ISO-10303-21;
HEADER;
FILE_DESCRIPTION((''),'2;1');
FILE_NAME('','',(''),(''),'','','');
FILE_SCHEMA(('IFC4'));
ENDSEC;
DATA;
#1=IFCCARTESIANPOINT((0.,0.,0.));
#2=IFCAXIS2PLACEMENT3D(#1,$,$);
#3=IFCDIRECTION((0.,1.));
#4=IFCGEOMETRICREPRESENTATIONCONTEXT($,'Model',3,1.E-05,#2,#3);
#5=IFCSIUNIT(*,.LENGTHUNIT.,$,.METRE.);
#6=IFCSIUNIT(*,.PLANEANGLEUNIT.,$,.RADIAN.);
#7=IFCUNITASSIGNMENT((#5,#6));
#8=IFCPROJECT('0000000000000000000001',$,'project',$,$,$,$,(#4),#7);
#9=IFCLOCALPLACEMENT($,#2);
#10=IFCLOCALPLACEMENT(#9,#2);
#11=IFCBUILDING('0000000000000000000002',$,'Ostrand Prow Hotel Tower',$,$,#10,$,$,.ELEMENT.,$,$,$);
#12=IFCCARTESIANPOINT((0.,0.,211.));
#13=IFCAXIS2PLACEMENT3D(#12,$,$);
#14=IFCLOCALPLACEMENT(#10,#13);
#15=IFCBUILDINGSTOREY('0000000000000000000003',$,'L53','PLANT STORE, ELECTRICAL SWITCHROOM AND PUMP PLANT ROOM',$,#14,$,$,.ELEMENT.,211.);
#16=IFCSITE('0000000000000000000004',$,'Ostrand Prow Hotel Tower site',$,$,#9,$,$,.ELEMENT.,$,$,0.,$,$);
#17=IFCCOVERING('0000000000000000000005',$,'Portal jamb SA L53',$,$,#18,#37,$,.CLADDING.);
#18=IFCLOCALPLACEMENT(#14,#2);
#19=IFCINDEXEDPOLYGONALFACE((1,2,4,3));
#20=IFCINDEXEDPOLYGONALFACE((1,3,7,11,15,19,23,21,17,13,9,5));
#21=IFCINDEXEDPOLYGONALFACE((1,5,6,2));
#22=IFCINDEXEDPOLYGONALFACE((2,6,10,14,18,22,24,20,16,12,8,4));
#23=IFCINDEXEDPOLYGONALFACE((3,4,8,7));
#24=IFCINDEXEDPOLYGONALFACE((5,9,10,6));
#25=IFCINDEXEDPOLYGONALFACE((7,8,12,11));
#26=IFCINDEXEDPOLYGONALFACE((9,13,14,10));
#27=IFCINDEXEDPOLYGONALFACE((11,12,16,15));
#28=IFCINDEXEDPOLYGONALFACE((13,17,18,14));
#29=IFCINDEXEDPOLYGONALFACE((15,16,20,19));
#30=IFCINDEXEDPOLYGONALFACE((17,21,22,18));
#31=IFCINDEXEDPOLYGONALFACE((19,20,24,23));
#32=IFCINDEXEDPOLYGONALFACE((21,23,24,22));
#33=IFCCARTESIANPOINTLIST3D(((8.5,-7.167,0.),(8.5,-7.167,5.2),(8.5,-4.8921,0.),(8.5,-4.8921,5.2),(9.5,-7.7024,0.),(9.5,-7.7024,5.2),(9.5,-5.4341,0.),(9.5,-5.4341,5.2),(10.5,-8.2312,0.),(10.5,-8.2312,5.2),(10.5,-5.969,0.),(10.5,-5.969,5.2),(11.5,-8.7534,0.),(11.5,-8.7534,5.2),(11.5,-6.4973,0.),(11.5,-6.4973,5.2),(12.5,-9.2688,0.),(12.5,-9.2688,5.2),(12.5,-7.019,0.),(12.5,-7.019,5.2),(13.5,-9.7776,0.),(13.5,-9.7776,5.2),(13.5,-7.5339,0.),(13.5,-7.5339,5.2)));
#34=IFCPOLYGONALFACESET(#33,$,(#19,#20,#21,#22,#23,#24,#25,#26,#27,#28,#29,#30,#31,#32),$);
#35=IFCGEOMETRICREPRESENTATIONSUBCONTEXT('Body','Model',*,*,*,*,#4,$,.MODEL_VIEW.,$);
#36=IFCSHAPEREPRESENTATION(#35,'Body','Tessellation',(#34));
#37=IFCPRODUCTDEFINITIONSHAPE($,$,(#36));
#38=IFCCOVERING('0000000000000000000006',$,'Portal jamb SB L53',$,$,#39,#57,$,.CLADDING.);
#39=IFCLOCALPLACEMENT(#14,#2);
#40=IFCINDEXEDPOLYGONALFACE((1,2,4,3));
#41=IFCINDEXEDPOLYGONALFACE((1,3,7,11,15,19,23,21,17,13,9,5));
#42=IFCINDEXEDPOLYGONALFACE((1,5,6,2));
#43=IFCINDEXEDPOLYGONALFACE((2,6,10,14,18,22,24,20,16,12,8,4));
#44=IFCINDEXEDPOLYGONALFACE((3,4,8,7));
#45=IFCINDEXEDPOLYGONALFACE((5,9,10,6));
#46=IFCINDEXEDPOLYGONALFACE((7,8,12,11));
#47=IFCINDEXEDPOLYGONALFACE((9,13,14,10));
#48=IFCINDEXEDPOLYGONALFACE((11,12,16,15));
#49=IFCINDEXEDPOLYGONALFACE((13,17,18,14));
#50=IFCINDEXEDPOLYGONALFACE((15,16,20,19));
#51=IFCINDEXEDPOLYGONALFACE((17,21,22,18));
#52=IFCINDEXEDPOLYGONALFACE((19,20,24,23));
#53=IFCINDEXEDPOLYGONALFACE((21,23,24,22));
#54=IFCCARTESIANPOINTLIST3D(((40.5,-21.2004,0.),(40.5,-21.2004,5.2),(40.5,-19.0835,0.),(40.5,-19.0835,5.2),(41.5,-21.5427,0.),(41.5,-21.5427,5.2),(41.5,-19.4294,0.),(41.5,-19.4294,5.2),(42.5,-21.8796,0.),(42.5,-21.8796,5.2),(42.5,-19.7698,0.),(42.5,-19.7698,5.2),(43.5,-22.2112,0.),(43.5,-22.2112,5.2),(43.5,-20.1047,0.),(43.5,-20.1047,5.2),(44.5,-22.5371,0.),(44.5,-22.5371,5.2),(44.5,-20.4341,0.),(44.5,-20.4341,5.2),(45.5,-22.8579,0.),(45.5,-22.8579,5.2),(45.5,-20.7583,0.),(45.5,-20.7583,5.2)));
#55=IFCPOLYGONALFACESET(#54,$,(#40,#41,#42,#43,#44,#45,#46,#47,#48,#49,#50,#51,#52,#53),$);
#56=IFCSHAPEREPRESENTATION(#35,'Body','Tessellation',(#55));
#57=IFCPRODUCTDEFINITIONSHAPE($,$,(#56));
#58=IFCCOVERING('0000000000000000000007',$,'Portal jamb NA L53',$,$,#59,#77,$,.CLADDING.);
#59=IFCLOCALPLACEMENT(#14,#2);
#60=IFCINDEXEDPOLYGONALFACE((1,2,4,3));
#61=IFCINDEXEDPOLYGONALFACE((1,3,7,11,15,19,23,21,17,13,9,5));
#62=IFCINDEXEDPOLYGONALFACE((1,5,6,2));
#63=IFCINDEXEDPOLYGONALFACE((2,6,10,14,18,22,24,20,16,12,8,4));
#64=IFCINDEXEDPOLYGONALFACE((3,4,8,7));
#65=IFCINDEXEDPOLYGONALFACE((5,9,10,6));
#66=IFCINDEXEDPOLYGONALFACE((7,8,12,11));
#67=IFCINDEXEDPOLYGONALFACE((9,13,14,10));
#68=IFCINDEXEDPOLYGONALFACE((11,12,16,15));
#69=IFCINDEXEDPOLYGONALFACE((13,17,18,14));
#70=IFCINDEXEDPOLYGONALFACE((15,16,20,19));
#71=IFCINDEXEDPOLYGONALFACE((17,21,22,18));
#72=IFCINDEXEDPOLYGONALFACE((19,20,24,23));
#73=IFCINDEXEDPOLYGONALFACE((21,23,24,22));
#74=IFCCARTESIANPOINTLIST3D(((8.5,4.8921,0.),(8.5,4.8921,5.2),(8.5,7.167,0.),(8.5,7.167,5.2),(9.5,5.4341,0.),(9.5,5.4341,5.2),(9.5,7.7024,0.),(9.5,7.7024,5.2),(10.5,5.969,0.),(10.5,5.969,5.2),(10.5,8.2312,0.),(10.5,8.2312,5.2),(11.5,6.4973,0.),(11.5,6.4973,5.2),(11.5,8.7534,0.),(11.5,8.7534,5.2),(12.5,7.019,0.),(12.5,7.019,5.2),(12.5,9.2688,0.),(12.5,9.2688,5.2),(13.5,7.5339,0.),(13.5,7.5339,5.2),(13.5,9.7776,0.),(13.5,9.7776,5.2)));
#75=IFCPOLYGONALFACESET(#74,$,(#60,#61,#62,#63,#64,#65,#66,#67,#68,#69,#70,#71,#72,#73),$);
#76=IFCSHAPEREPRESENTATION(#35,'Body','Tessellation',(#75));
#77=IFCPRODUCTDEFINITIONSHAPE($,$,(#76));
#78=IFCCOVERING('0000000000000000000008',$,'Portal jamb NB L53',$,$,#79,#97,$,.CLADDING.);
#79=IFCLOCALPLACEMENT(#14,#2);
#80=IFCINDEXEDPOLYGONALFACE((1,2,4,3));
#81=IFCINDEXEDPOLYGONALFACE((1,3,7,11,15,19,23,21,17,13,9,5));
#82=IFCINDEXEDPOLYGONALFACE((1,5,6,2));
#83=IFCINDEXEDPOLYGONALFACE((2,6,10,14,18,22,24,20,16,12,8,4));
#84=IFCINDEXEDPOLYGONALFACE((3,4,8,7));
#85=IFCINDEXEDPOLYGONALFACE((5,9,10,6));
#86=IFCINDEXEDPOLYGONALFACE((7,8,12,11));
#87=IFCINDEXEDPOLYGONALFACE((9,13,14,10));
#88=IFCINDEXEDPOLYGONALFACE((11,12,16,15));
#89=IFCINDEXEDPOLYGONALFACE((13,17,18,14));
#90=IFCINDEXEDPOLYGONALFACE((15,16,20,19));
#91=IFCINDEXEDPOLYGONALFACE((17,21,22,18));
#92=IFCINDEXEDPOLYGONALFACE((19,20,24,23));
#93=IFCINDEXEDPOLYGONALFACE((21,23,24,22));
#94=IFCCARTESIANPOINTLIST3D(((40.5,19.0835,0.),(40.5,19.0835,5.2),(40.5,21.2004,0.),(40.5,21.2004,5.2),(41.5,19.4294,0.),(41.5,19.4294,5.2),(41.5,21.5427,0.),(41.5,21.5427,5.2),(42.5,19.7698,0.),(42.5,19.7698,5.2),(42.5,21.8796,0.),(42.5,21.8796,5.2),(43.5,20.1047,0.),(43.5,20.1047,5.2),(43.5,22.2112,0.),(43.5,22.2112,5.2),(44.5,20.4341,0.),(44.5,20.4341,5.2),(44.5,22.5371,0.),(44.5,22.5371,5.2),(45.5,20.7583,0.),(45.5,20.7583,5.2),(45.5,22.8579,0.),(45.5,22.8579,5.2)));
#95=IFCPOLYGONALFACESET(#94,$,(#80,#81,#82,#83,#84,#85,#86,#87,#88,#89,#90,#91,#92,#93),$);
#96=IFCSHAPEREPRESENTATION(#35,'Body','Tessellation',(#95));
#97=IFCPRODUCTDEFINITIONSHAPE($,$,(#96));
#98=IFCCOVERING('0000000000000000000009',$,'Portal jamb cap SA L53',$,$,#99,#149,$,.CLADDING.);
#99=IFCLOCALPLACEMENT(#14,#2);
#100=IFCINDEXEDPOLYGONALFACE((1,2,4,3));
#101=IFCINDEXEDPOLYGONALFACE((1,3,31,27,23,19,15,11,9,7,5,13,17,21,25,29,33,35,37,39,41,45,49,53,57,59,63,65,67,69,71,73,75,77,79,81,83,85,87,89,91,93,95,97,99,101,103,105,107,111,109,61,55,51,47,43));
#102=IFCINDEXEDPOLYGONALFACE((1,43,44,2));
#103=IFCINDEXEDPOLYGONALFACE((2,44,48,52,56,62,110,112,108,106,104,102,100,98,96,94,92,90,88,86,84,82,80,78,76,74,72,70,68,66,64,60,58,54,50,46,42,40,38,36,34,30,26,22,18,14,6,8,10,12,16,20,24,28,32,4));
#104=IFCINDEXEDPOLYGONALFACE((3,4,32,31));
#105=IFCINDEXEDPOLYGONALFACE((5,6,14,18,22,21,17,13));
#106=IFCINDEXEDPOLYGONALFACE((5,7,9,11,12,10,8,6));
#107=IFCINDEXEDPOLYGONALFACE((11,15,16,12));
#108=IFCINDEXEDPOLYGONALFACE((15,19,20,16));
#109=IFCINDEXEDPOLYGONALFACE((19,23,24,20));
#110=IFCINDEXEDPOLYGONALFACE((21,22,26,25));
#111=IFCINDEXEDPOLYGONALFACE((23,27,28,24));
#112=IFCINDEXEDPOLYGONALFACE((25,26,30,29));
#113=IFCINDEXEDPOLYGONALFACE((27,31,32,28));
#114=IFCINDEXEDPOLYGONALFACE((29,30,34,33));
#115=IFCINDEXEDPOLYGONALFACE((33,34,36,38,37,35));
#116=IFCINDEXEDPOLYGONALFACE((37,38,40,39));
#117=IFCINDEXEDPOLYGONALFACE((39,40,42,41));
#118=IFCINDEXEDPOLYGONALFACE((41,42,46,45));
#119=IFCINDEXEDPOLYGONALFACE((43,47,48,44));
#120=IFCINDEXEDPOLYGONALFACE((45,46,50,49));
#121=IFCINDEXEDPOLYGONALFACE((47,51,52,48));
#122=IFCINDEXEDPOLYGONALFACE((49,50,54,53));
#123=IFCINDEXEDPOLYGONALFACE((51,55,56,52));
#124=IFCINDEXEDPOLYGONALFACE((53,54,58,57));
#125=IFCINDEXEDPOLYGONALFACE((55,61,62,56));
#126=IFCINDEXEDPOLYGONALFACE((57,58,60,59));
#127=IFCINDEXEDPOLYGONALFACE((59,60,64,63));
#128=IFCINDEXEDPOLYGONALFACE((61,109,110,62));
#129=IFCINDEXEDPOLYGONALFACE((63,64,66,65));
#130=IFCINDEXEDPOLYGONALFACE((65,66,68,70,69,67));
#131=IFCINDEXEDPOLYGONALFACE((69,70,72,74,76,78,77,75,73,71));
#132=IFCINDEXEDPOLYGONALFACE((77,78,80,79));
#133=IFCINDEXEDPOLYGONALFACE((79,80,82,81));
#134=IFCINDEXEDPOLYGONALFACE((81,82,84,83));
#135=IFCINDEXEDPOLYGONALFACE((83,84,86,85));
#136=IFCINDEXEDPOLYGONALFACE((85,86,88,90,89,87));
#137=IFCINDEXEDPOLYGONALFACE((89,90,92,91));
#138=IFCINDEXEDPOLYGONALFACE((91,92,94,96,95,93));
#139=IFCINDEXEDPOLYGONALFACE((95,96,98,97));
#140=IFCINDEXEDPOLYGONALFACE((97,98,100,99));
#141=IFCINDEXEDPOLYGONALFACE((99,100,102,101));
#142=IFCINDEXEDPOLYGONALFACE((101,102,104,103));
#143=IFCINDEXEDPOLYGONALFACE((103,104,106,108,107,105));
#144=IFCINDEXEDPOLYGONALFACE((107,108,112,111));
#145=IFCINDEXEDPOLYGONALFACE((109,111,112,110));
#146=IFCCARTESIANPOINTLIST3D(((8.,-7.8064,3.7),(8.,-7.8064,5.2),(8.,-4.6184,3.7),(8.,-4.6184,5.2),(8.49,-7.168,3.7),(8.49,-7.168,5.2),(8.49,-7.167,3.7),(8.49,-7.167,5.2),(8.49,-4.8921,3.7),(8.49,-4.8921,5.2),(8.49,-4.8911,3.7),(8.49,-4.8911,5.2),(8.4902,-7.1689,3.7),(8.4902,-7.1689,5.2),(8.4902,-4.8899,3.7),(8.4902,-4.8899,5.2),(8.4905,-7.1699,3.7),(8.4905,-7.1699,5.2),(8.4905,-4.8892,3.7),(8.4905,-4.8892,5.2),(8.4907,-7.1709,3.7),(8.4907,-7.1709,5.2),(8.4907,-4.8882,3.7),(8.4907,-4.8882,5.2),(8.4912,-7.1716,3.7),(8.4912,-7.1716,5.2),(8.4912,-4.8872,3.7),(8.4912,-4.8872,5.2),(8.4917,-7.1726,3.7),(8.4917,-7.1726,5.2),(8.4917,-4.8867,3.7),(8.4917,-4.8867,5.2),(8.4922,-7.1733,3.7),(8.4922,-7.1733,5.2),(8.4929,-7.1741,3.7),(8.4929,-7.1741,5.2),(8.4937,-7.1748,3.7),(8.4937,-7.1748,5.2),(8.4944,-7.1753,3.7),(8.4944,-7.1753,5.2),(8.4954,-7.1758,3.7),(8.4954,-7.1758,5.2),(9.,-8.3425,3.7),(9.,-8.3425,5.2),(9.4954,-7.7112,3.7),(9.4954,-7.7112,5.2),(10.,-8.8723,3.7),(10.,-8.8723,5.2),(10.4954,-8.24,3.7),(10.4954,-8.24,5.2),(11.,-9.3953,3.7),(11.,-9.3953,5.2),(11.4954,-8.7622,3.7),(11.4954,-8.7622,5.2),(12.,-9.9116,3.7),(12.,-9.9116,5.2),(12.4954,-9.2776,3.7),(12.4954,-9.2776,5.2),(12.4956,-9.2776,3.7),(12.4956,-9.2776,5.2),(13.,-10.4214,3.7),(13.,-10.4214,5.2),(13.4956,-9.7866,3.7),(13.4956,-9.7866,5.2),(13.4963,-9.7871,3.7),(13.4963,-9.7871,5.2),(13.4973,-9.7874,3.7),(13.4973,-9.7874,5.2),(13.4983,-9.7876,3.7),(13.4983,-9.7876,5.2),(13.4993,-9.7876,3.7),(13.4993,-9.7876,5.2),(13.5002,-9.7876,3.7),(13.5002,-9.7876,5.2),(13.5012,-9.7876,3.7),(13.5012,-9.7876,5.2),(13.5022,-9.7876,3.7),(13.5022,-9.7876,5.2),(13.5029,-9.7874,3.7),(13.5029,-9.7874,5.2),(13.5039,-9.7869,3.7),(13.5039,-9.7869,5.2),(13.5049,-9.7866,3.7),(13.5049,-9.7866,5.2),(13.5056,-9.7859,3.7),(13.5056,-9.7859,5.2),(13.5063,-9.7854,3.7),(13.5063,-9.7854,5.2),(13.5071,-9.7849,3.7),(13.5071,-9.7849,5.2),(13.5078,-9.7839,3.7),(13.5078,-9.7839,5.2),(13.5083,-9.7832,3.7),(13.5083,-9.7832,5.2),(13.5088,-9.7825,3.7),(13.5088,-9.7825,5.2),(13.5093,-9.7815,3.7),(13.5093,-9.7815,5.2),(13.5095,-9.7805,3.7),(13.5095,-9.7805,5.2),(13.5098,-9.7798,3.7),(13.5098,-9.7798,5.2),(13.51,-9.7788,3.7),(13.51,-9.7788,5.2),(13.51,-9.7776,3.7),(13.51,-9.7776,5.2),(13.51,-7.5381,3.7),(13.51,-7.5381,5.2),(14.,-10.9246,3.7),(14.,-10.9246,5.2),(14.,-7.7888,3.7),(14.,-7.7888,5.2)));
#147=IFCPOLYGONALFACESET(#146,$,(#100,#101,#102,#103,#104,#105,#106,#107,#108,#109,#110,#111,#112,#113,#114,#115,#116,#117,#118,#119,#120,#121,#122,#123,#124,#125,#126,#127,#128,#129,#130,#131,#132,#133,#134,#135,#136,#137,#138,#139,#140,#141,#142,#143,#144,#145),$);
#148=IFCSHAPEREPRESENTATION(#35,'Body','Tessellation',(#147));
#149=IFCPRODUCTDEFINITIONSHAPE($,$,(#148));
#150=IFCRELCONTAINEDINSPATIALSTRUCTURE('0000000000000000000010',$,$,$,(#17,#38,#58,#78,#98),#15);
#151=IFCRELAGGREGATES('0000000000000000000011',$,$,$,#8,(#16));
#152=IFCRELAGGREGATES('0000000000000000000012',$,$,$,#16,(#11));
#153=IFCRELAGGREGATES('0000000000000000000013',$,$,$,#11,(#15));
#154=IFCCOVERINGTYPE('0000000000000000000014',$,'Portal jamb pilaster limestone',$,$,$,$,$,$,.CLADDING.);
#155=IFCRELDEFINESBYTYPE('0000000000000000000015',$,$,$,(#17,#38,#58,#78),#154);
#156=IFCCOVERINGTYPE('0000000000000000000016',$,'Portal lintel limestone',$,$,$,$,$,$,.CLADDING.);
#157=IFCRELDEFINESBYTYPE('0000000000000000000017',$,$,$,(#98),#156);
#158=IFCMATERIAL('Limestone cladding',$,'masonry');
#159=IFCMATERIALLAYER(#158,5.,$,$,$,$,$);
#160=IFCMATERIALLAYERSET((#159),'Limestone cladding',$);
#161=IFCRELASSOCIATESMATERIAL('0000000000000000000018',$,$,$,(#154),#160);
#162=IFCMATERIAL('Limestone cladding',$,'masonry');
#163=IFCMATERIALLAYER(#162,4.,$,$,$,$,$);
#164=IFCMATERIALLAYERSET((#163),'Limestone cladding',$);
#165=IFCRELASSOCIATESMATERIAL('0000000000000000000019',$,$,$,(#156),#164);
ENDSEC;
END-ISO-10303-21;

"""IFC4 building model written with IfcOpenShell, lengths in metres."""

from ifc_helpers import new_model, si_unit, direction, frame, origin, place, context, subcontext, project, spatial, polyline, outline, extrude, material, layer, layer_set, type_object, element, save


model = new_model("IFC4")

# Units and contexts
model_context = context("Model", 3, precision=1e-05, world=origin(), true_north=direction((0.0, 1.0)))
body_context = subcontext(model_context, "Body", "Model", "MODEL_VIEW")
ifc_project = project(units=[si_unit("LENGTHUNIT", "METRE"), si_unit("PLANEANGLEUNIT", "RADIAN")], contexts=[model_context])

# Site, building, storey
site_placement = place(None, origin())
site = spatial("IfcSite", under=ifc_project, at=site_placement, Name="Ostrand Prow Hotel Tower site", CompositionType="ELEMENT", RefElevation=0.0)
building_placement = place(site_placement, origin())
building = spatial("IfcBuilding", under=site, at=building_placement, Name="Ostrand Prow Hotel Tower", CompositionType="ELEMENT")
storey_placement = place(building_placement, frame((0.0, 0.0, 211.0)))
storey = spatial("IfcBuildingStorey", under=building, at=storey_placement, Name="L53", Description="PLANT STORE, ELECTRICAL SWITCHROOM AND PUMP PLANT ROOM", CompositionType="ELEMENT", Elevation=211.0)

# Coverings
ifc_material_1 = material(Name="Limestone cladding", Category="masonry")
ifc_layer_1 = layer(ifc_material_1, 5.0)
ifc_layer_set_1 = layer_set([ifc_layer_1], Name="Limestone cladding")
covering_type_1 = type_object("IfcCoveringType", Name="Portal jamb pilaster limestone", PredefinedType="CLADDING", material=ifc_layer_set_1)
covering_1_placement = place(storey_placement, origin())
element("IfcCovering", 1, at=covering_1_placement, inside=storey, type_object=covering_type_1, Name="Portal jamb SA L53", PredefinedType="CLADDING", context=body_context, shape_type="SweptSolid", body=[
    extrude(outline(polyline([(8.5, -4.8921), (8.5, -7.167), (9.5, -7.7024), (10.5, -8.2312), (11.5, -8.7534), (12.5, -9.2688), (13.5, -9.7776), (13.5, -7.5339), (12.5, -7.019), (11.5, -6.4973), (10.5, -5.969), (9.5, -5.4341), (8.5, -4.8921)])), origin(), (0.0, 0.0, 1.0), 5.2),
])
covering_2_placement = place(storey_placement, origin())
element("IfcCovering", 2, at=covering_2_placement, inside=storey, type_object=covering_type_1, Name="Portal jamb SB L53", PredefinedType="CLADDING", context=body_context, shape_type="SweptSolid", body=[
    extrude(outline(polyline([(40.5, -19.0835), (40.5, -21.2004), (41.5, -21.5427), (42.5, -21.8796), (43.5, -22.2112), (44.5, -22.5371), (45.5, -22.8579), (45.5, -20.7583), (44.5, -20.4341), (43.5, -20.1047), (42.5, -19.7698), (41.5, -19.4294), (40.5, -19.0835)])), origin(), (0.0, 0.0, 1.0), 5.2),
])
covering_3_placement = place(storey_placement, origin())
element("IfcCovering", 3, at=covering_3_placement, inside=storey, type_object=covering_type_1, Name="Portal jamb NA L53", PredefinedType="CLADDING", context=body_context, shape_type="SweptSolid", body=[
    extrude(outline(polyline([(8.5, 4.8921), (9.5, 5.4341), (10.5, 5.969), (11.5, 6.4973), (12.5, 7.019), (13.5, 7.5339), (13.5, 9.7776), (12.5, 9.2688), (11.5, 8.7534), (10.5, 8.2312), (9.5, 7.7024), (8.5, 7.167), (8.5, 4.8921)])), origin(), (0.0, 0.0, 1.0), 5.2),
])
covering_4_placement = place(storey_placement, origin())
element("IfcCovering", 4, at=covering_4_placement, inside=storey, type_object=covering_type_1, Name="Portal jamb NB L53", PredefinedType="CLADDING", context=body_context, shape_type="SweptSolid", body=[
    extrude(outline(polyline([(40.5, 19.0835), (41.5, 19.4294), (42.5, 19.7698), (43.5, 20.1047), (44.5, 20.4341), (45.5, 20.7583), (45.5, 22.8579), (44.5, 22.5371), (43.5, 22.2112), (42.5, 21.8796), (41.5, 21.5427), (40.5, 21.2004), (40.5, 19.0835)])), origin(), (0.0, 0.0, 1.0), 5.2),
])
ifc_material_2 = material(Name="Limestone cladding", Category="masonry")
ifc_layer_2 = layer(ifc_material_2, 4.0)
ifc_layer_set_2 = layer_set([ifc_layer_2], Name="Limestone cladding")
covering_type_2 = type_object("IfcCoveringType", Name="Portal lintel limestone", PredefinedType="CLADDING", material=ifc_layer_set_2)
covering_5_placement = place(storey_placement, frame((0.0, 0.0, 3.7)))
element("IfcCovering", 5, at=covering_5_placement, inside=storey, type_object=covering_type_2, Name="Portal jamb cap SA L53", PredefinedType="CLADDING", context=body_context, shape_type="SweptSolid", body=[
    extrude(outline(polyline([(8.4917, -4.8867), (8.0, -4.6184), (8.0, -7.8064), (9.0, -8.3425), (10.0, -8.8723), (11.0, -9.3953), (12.0, -9.9116), (13.0, -10.4214), (14.0, -10.9246), (14.0, -7.7888), (13.51, -7.5381), (13.51, -9.7776), (13.51, -9.7788), (13.5098, -9.7798), (13.5095, -9.7805), (13.5093, -9.7815), (13.5088, -9.7825), (13.5083, -9.7832), (13.5078, -9.7839), (13.5071, -9.7849), (13.5063, -9.7854), (13.5056, -9.7859), (13.5049, -9.7866), (13.5039, -9.7869), (13.5029, -9.7874), (13.5022, -9.7876), (13.5012, -9.7876), (13.5002, -9.7876), (13.4993, -9.7876), (13.4983, -9.7876), (13.4973, -9.7874), (13.4963, -9.7871), (13.4956, -9.7866), (12.4956, -9.2776), (12.4954, -9.2776), (11.4954, -8.7622), (11.4954, -8.7622), (10.4954, -8.24), (10.4954, -8.24), (9.4954, -7.7112), (9.4954, -7.7112), (8.4954, -7.1758), (8.4944, -7.1753), (8.4937, -7.1748), (8.4929, -7.1741), (8.4922, -7.1733), (8.4917, -7.1726), (8.4912, -7.1716), (8.4907, -7.1709), (8.4905, -7.1699), (8.4902, -7.1689), (8.49, -7.168), (8.49, -7.167), (8.49, -4.8921), (8.49, -4.8911), (8.4902, -4.8899), (8.4905, -4.8892), (8.4907, -4.8882), (8.4912, -4.8872), (8.4917, -4.8867)])), origin(), (0.0, 0.0, 1.0), 1.5),
])

save(model, "model.ifc")
